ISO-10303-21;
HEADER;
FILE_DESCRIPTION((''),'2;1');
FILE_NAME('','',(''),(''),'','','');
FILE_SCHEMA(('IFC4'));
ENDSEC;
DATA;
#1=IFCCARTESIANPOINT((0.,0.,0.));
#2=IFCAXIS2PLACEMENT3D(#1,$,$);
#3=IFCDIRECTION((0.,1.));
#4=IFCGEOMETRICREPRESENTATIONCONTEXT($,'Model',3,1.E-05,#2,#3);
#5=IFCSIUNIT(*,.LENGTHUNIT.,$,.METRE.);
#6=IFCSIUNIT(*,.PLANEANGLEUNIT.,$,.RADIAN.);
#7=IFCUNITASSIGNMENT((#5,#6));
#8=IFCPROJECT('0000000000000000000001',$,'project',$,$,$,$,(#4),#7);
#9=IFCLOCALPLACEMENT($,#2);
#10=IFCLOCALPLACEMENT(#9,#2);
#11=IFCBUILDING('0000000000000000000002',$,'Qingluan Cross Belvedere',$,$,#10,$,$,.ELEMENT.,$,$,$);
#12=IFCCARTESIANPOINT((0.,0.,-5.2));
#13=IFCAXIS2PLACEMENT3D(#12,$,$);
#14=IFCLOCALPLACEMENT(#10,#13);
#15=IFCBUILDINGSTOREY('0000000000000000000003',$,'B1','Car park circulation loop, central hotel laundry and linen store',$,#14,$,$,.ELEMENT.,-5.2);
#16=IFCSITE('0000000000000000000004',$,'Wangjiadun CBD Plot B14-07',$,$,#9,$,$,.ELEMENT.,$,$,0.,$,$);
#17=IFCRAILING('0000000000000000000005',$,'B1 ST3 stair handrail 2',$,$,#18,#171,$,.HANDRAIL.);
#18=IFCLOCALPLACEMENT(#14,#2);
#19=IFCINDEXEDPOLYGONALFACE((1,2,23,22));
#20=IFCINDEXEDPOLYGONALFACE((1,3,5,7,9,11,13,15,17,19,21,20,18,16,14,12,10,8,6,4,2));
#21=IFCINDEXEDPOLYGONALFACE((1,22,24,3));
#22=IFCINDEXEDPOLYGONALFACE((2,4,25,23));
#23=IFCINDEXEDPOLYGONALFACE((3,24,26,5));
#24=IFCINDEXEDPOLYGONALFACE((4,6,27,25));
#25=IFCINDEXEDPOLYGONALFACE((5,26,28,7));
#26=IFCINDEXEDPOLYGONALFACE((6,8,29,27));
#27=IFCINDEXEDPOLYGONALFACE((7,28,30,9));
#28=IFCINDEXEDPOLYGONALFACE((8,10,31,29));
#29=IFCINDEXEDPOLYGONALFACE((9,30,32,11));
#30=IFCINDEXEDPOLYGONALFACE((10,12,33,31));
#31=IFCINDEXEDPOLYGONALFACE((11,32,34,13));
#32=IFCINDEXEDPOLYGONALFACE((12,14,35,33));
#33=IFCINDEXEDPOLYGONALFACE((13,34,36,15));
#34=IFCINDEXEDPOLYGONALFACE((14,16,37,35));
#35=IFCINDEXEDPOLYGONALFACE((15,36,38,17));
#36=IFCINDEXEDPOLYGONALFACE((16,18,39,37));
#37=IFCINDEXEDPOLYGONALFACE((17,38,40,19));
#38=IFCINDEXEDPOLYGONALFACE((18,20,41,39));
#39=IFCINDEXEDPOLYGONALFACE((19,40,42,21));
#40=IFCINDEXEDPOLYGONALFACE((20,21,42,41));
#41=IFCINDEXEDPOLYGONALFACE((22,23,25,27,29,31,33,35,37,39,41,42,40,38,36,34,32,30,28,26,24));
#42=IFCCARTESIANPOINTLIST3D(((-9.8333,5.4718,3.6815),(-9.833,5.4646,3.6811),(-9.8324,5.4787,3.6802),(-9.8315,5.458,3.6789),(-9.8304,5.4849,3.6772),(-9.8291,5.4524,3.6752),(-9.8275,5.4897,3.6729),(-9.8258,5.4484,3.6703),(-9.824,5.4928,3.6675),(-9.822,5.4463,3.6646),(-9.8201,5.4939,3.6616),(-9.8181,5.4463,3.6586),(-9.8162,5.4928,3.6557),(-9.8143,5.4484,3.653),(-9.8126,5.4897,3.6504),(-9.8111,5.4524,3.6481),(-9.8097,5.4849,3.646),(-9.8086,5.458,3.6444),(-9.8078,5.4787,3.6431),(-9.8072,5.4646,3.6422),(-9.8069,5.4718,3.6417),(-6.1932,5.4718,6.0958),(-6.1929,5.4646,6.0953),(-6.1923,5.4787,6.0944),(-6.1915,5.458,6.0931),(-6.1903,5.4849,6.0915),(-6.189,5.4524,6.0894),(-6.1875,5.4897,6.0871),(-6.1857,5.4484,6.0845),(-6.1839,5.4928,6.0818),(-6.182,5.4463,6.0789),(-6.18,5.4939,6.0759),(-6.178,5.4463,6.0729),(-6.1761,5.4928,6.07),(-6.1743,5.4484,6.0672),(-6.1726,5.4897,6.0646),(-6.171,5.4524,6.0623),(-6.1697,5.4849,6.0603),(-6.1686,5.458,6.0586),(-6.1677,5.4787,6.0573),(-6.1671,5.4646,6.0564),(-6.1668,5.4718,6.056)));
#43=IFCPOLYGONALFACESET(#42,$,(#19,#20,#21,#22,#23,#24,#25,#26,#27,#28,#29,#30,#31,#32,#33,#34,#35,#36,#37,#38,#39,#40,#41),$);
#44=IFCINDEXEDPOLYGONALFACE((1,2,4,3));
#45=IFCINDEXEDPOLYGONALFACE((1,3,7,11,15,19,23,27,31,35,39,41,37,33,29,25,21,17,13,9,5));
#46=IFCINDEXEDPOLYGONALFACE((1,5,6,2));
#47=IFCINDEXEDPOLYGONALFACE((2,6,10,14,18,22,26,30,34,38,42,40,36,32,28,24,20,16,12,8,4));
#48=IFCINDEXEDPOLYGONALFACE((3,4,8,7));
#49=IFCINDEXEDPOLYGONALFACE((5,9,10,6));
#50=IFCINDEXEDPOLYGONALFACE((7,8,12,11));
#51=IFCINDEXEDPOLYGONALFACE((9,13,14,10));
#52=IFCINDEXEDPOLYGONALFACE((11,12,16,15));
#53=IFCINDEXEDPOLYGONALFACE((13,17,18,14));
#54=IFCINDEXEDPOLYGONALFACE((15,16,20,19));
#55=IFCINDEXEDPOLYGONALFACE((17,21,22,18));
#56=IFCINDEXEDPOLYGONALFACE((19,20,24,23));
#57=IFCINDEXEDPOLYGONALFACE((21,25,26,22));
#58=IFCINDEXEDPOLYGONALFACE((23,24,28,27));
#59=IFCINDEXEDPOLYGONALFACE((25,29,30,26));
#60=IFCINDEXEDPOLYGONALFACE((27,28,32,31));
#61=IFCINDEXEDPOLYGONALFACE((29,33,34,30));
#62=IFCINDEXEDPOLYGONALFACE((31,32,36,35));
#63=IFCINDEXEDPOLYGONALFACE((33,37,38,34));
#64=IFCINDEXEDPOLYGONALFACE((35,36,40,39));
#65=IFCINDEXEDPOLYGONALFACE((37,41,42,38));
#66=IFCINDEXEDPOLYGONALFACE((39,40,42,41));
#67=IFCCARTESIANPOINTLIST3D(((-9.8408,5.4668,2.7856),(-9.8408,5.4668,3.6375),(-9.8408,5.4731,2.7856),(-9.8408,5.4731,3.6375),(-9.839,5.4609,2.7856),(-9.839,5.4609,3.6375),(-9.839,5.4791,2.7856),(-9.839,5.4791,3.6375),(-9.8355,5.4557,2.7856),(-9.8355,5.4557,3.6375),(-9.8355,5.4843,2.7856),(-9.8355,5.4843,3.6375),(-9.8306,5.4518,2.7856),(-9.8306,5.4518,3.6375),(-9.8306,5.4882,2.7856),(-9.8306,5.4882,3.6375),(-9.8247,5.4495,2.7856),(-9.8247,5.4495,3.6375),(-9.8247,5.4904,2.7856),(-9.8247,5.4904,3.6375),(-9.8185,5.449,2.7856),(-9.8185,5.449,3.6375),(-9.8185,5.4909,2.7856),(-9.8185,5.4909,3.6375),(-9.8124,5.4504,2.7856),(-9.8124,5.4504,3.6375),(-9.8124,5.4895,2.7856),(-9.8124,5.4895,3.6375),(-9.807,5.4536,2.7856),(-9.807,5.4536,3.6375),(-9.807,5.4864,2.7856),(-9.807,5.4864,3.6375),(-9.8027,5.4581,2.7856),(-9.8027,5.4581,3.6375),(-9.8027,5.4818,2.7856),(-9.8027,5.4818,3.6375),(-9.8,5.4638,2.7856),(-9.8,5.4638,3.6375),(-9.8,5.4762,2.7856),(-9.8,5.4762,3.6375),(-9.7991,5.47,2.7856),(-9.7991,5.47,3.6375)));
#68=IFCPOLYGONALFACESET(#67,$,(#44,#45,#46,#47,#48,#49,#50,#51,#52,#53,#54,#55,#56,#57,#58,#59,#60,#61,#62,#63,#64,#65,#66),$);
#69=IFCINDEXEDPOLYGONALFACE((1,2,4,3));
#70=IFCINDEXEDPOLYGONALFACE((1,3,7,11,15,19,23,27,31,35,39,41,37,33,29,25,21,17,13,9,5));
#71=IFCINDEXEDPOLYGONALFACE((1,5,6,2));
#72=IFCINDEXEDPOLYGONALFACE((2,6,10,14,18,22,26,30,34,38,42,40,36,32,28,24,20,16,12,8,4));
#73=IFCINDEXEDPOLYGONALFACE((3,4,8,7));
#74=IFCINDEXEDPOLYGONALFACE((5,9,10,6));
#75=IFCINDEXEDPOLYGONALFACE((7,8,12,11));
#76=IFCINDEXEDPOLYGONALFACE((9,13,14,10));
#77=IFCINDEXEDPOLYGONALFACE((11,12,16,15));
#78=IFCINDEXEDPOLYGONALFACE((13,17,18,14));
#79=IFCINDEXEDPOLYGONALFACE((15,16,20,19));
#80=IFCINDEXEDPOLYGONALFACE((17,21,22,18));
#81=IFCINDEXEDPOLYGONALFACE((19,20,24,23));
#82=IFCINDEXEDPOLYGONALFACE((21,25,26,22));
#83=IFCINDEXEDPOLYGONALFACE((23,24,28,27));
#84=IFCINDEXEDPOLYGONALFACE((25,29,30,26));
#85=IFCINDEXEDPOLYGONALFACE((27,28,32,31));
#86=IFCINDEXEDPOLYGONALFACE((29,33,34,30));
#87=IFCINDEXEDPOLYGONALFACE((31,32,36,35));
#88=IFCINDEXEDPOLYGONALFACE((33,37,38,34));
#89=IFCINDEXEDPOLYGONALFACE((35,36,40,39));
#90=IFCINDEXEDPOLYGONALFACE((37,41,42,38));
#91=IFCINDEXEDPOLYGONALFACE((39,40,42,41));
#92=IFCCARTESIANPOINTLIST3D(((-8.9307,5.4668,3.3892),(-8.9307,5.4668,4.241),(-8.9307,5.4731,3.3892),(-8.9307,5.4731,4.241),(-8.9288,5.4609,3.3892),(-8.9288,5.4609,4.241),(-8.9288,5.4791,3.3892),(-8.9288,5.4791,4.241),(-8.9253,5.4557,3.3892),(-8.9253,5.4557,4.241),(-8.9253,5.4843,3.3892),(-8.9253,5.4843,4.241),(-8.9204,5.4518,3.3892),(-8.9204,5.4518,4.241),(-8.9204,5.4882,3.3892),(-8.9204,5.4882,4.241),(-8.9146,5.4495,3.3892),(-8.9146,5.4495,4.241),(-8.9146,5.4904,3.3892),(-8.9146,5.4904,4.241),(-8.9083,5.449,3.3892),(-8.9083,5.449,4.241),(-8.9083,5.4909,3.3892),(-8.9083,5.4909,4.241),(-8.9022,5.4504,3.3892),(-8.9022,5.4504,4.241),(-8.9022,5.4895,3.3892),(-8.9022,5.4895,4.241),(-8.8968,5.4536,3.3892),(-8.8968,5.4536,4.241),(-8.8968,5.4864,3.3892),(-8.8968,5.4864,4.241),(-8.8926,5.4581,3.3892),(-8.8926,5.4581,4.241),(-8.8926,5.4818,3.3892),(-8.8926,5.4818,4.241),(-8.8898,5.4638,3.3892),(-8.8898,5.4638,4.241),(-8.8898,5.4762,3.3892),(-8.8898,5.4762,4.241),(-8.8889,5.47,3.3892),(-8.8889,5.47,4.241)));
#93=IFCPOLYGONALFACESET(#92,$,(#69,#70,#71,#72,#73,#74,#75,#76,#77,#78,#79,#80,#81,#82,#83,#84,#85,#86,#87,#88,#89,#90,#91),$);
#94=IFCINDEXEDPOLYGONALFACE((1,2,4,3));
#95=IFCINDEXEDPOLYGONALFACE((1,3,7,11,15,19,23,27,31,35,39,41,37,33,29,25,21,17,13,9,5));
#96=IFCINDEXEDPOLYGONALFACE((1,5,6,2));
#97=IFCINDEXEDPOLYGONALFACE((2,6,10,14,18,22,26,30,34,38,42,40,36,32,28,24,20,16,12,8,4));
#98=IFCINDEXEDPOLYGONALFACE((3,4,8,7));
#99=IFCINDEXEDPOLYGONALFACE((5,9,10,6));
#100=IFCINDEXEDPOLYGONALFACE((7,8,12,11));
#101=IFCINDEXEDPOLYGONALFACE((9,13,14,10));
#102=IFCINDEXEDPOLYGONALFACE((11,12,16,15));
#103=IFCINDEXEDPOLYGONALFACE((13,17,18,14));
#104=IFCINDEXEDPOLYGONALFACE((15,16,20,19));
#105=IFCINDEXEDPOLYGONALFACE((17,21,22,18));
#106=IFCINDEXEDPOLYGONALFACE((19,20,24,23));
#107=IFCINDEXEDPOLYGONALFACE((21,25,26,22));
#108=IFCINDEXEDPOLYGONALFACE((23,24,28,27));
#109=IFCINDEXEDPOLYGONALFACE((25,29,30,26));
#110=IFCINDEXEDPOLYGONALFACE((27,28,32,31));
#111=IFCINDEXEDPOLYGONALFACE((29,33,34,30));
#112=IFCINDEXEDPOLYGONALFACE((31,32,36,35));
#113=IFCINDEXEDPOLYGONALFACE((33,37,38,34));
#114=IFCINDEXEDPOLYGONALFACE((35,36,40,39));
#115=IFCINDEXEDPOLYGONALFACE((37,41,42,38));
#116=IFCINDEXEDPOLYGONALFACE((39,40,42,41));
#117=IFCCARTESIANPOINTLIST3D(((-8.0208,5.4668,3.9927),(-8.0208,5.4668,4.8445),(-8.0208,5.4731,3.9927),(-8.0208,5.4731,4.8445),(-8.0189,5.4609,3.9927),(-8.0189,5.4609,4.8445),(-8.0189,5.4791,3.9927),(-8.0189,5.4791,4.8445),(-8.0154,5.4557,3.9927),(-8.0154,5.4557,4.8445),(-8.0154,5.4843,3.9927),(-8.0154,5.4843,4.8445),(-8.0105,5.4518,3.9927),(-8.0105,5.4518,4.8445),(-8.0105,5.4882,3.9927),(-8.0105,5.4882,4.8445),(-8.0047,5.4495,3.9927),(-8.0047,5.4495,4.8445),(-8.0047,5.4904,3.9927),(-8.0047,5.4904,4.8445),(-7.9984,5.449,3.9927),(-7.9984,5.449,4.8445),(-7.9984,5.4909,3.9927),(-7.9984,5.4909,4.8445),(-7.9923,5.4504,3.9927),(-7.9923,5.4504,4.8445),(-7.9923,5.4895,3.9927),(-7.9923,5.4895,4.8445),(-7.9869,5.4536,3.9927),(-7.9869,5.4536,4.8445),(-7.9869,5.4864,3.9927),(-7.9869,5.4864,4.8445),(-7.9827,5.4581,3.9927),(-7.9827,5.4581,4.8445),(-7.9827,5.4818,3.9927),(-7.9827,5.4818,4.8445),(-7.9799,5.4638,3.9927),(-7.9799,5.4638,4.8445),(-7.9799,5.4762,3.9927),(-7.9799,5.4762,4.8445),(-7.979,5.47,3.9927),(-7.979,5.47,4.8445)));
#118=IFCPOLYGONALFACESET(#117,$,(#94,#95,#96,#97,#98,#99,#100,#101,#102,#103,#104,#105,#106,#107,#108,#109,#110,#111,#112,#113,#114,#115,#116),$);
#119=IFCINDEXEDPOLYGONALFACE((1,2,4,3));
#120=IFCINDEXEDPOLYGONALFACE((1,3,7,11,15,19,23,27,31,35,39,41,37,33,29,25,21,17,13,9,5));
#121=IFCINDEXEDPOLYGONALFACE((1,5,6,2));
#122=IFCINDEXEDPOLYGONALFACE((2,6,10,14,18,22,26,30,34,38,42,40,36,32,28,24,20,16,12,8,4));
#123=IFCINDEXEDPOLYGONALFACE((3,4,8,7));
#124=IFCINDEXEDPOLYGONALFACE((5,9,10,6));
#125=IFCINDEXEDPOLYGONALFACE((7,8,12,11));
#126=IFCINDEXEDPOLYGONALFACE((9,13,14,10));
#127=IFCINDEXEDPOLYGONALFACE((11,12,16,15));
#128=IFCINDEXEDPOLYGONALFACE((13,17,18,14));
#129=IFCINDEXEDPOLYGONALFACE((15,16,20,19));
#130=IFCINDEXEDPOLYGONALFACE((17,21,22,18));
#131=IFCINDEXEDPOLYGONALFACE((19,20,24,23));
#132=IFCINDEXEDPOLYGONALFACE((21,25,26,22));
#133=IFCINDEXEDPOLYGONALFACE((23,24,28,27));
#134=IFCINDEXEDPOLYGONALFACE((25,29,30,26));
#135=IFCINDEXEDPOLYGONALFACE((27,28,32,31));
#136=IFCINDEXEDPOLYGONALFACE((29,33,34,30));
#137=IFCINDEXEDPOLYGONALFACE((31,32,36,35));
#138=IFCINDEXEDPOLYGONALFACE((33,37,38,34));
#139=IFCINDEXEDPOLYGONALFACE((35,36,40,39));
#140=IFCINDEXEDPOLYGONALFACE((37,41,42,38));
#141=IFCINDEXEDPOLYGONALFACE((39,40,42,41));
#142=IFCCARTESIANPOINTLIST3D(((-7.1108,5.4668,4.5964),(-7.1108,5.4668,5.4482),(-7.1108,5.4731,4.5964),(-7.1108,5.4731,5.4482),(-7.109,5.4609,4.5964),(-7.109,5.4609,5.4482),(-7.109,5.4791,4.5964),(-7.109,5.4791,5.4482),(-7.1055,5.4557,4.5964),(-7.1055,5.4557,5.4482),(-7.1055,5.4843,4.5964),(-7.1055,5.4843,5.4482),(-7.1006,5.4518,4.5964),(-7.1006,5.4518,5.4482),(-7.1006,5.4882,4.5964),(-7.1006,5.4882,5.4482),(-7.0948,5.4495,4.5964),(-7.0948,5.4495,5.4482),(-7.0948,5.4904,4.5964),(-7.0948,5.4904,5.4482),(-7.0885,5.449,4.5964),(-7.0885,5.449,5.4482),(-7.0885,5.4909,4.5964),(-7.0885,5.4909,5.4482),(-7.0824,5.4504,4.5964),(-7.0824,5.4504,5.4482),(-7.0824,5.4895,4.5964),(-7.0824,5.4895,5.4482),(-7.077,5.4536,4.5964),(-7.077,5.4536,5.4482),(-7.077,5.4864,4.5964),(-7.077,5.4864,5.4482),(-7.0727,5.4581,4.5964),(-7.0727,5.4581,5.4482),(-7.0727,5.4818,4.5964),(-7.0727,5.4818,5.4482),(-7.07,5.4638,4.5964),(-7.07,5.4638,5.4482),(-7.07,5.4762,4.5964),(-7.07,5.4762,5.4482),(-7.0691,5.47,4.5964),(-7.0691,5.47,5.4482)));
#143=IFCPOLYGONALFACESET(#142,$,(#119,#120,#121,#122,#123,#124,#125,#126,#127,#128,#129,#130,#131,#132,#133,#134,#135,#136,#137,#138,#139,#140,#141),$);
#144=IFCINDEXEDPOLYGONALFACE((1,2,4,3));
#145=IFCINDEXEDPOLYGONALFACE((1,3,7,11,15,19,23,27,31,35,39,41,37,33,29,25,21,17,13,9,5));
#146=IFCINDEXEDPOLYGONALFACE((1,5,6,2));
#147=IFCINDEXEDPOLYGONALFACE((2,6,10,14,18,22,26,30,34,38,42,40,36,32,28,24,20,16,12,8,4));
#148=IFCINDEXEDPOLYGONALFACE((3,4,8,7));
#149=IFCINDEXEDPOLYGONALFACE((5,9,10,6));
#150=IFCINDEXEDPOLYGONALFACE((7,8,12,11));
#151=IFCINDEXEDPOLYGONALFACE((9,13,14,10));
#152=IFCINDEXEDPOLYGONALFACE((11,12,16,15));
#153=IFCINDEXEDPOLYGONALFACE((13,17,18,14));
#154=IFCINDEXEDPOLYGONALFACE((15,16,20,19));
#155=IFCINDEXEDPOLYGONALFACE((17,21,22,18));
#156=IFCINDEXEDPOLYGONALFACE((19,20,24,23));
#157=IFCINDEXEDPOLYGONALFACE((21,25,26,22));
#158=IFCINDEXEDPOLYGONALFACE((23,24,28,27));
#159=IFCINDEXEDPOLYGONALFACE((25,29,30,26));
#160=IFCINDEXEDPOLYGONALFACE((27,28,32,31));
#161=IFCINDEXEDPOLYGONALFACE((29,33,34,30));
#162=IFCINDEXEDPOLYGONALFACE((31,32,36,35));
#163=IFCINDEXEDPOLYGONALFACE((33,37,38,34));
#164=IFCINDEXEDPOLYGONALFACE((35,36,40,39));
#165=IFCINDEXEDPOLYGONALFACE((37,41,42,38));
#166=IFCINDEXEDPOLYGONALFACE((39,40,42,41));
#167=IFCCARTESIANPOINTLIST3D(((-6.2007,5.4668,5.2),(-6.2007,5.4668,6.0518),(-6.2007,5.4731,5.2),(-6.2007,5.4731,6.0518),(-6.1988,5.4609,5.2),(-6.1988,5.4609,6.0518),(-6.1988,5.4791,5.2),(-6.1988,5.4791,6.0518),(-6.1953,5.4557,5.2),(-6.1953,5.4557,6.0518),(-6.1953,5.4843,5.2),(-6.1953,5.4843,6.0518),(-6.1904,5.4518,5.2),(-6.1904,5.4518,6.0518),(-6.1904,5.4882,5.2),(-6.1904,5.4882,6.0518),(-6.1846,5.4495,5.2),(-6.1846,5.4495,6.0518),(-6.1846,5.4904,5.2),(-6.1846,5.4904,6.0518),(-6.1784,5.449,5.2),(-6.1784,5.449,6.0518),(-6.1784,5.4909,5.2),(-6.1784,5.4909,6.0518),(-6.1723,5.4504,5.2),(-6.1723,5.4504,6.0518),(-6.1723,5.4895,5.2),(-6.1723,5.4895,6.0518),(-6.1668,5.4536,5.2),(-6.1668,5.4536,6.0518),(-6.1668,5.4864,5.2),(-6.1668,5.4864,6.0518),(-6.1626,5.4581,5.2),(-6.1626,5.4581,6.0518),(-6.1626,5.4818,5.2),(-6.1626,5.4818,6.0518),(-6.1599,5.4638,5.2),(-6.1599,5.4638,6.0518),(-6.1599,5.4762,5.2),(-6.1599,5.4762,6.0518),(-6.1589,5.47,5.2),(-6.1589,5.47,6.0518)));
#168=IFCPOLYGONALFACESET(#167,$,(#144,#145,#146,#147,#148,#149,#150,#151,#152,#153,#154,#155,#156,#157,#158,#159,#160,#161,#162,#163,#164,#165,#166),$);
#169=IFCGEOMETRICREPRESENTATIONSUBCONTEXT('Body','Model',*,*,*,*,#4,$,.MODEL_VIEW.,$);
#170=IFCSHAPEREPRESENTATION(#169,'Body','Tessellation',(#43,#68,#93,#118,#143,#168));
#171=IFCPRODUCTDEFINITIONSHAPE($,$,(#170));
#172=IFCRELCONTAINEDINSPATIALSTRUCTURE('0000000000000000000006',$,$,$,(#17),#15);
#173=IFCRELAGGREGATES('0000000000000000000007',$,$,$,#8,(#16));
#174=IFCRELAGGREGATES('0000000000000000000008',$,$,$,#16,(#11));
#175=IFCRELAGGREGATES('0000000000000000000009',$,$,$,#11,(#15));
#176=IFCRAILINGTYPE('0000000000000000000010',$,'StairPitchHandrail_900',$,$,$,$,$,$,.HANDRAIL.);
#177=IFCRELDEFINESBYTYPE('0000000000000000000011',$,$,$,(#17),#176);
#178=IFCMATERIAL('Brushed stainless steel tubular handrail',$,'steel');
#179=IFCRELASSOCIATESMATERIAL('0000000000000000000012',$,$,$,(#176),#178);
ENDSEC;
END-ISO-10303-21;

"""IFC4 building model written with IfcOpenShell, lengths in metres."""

from ifc_helpers import new_model, si_unit, direction, frame, origin, origin_2d, place, context, subcontext, project, spatial, circle, extrude, material, type_object, element, save


model = new_model("IFC4")

# Units and contexts
model_context = context("Model", 3, precision=1e-05, world=origin(), true_north=direction((0.0, 1.0)))
body_context = subcontext(model_context, "Body", "Model", "MODEL_VIEW")
ifc_project = project(units=[si_unit("LENGTHUNIT", "METRE"), si_unit("PLANEANGLEUNIT", "RADIAN")], contexts=[model_context])

# Site, building, storey
site_placement = place(None, origin())
site = spatial("IfcSite", under=ifc_project, at=site_placement, Name="Wangjiadun CBD Plot B14-07", CompositionType="ELEMENT", RefElevation=0.0)
building_placement = place(site_placement, origin())
building = spatial("IfcBuilding", under=site, at=building_placement, Name="Qingluan Cross Belvedere", CompositionType="ELEMENT")
storey_placement = place(building_placement, frame((0.0, 0.0, -5.2)))
storey = spatial("IfcBuildingStorey", under=building, at=storey_placement, Name="B1", Description="Car park circulation loop, central hotel laundry and linen store", CompositionType="ELEMENT", Elevation=-5.2)

# Railing
ifc_material_1 = material(Name="Brushed stainless steel tubular handrail", Category="steel")
railing_type_1 = type_object("IfcRailingType", Name="StairPitchHandrail_900", PredefinedType="HANDRAIL", material=ifc_material_1)
railing_1_placement = place(storey_placement, frame((-9.8201, 5.47, 2.7856)))
element("IfcRailing", 1, at=railing_1_placement, inside=storey, type_object=railing_type_1, Name="B1 ST3 stair handrail 2", PredefinedType="HANDRAIL", context=body_context, shape_type="SweptSolid", body=[
    extrude(circle(Radius=0.0239, at=origin_2d()), frame((0.0, 0.0, 0.876), z_axis=(0.833364, 0.0, 0.552725), x_axis=(0.0, 1.0, 0.0)), (0.0, 0.0, 1.0), 4.3679),
    extrude(circle(Radius=0.021, at=origin_2d()), origin(), (0.0, 0.0, 1.0), 0.8518),
    extrude(circle(Radius=0.021, at=origin_2d()), frame((0.9102, 0.0, 0.6035)), (0.0, 0.0, 1.0), 0.8518),
    extrude(circle(Radius=0.021, at=origin_2d()), frame((1.8201, 0.0, 1.207)), (0.0, 0.0, 1.0), 0.8518),
    extrude(circle(Radius=0.021, at=origin_2d()), frame((2.73, 0.0, 1.8108)), (0.0, 0.0, 1.0), 0.8518),
    extrude(circle(Radius=0.021, at=origin_2d()), frame((3.6401, 0.0, 2.4143)), (0.0, 0.0, 1.0), 0.8518),
])

save(model, "model.ifc")
